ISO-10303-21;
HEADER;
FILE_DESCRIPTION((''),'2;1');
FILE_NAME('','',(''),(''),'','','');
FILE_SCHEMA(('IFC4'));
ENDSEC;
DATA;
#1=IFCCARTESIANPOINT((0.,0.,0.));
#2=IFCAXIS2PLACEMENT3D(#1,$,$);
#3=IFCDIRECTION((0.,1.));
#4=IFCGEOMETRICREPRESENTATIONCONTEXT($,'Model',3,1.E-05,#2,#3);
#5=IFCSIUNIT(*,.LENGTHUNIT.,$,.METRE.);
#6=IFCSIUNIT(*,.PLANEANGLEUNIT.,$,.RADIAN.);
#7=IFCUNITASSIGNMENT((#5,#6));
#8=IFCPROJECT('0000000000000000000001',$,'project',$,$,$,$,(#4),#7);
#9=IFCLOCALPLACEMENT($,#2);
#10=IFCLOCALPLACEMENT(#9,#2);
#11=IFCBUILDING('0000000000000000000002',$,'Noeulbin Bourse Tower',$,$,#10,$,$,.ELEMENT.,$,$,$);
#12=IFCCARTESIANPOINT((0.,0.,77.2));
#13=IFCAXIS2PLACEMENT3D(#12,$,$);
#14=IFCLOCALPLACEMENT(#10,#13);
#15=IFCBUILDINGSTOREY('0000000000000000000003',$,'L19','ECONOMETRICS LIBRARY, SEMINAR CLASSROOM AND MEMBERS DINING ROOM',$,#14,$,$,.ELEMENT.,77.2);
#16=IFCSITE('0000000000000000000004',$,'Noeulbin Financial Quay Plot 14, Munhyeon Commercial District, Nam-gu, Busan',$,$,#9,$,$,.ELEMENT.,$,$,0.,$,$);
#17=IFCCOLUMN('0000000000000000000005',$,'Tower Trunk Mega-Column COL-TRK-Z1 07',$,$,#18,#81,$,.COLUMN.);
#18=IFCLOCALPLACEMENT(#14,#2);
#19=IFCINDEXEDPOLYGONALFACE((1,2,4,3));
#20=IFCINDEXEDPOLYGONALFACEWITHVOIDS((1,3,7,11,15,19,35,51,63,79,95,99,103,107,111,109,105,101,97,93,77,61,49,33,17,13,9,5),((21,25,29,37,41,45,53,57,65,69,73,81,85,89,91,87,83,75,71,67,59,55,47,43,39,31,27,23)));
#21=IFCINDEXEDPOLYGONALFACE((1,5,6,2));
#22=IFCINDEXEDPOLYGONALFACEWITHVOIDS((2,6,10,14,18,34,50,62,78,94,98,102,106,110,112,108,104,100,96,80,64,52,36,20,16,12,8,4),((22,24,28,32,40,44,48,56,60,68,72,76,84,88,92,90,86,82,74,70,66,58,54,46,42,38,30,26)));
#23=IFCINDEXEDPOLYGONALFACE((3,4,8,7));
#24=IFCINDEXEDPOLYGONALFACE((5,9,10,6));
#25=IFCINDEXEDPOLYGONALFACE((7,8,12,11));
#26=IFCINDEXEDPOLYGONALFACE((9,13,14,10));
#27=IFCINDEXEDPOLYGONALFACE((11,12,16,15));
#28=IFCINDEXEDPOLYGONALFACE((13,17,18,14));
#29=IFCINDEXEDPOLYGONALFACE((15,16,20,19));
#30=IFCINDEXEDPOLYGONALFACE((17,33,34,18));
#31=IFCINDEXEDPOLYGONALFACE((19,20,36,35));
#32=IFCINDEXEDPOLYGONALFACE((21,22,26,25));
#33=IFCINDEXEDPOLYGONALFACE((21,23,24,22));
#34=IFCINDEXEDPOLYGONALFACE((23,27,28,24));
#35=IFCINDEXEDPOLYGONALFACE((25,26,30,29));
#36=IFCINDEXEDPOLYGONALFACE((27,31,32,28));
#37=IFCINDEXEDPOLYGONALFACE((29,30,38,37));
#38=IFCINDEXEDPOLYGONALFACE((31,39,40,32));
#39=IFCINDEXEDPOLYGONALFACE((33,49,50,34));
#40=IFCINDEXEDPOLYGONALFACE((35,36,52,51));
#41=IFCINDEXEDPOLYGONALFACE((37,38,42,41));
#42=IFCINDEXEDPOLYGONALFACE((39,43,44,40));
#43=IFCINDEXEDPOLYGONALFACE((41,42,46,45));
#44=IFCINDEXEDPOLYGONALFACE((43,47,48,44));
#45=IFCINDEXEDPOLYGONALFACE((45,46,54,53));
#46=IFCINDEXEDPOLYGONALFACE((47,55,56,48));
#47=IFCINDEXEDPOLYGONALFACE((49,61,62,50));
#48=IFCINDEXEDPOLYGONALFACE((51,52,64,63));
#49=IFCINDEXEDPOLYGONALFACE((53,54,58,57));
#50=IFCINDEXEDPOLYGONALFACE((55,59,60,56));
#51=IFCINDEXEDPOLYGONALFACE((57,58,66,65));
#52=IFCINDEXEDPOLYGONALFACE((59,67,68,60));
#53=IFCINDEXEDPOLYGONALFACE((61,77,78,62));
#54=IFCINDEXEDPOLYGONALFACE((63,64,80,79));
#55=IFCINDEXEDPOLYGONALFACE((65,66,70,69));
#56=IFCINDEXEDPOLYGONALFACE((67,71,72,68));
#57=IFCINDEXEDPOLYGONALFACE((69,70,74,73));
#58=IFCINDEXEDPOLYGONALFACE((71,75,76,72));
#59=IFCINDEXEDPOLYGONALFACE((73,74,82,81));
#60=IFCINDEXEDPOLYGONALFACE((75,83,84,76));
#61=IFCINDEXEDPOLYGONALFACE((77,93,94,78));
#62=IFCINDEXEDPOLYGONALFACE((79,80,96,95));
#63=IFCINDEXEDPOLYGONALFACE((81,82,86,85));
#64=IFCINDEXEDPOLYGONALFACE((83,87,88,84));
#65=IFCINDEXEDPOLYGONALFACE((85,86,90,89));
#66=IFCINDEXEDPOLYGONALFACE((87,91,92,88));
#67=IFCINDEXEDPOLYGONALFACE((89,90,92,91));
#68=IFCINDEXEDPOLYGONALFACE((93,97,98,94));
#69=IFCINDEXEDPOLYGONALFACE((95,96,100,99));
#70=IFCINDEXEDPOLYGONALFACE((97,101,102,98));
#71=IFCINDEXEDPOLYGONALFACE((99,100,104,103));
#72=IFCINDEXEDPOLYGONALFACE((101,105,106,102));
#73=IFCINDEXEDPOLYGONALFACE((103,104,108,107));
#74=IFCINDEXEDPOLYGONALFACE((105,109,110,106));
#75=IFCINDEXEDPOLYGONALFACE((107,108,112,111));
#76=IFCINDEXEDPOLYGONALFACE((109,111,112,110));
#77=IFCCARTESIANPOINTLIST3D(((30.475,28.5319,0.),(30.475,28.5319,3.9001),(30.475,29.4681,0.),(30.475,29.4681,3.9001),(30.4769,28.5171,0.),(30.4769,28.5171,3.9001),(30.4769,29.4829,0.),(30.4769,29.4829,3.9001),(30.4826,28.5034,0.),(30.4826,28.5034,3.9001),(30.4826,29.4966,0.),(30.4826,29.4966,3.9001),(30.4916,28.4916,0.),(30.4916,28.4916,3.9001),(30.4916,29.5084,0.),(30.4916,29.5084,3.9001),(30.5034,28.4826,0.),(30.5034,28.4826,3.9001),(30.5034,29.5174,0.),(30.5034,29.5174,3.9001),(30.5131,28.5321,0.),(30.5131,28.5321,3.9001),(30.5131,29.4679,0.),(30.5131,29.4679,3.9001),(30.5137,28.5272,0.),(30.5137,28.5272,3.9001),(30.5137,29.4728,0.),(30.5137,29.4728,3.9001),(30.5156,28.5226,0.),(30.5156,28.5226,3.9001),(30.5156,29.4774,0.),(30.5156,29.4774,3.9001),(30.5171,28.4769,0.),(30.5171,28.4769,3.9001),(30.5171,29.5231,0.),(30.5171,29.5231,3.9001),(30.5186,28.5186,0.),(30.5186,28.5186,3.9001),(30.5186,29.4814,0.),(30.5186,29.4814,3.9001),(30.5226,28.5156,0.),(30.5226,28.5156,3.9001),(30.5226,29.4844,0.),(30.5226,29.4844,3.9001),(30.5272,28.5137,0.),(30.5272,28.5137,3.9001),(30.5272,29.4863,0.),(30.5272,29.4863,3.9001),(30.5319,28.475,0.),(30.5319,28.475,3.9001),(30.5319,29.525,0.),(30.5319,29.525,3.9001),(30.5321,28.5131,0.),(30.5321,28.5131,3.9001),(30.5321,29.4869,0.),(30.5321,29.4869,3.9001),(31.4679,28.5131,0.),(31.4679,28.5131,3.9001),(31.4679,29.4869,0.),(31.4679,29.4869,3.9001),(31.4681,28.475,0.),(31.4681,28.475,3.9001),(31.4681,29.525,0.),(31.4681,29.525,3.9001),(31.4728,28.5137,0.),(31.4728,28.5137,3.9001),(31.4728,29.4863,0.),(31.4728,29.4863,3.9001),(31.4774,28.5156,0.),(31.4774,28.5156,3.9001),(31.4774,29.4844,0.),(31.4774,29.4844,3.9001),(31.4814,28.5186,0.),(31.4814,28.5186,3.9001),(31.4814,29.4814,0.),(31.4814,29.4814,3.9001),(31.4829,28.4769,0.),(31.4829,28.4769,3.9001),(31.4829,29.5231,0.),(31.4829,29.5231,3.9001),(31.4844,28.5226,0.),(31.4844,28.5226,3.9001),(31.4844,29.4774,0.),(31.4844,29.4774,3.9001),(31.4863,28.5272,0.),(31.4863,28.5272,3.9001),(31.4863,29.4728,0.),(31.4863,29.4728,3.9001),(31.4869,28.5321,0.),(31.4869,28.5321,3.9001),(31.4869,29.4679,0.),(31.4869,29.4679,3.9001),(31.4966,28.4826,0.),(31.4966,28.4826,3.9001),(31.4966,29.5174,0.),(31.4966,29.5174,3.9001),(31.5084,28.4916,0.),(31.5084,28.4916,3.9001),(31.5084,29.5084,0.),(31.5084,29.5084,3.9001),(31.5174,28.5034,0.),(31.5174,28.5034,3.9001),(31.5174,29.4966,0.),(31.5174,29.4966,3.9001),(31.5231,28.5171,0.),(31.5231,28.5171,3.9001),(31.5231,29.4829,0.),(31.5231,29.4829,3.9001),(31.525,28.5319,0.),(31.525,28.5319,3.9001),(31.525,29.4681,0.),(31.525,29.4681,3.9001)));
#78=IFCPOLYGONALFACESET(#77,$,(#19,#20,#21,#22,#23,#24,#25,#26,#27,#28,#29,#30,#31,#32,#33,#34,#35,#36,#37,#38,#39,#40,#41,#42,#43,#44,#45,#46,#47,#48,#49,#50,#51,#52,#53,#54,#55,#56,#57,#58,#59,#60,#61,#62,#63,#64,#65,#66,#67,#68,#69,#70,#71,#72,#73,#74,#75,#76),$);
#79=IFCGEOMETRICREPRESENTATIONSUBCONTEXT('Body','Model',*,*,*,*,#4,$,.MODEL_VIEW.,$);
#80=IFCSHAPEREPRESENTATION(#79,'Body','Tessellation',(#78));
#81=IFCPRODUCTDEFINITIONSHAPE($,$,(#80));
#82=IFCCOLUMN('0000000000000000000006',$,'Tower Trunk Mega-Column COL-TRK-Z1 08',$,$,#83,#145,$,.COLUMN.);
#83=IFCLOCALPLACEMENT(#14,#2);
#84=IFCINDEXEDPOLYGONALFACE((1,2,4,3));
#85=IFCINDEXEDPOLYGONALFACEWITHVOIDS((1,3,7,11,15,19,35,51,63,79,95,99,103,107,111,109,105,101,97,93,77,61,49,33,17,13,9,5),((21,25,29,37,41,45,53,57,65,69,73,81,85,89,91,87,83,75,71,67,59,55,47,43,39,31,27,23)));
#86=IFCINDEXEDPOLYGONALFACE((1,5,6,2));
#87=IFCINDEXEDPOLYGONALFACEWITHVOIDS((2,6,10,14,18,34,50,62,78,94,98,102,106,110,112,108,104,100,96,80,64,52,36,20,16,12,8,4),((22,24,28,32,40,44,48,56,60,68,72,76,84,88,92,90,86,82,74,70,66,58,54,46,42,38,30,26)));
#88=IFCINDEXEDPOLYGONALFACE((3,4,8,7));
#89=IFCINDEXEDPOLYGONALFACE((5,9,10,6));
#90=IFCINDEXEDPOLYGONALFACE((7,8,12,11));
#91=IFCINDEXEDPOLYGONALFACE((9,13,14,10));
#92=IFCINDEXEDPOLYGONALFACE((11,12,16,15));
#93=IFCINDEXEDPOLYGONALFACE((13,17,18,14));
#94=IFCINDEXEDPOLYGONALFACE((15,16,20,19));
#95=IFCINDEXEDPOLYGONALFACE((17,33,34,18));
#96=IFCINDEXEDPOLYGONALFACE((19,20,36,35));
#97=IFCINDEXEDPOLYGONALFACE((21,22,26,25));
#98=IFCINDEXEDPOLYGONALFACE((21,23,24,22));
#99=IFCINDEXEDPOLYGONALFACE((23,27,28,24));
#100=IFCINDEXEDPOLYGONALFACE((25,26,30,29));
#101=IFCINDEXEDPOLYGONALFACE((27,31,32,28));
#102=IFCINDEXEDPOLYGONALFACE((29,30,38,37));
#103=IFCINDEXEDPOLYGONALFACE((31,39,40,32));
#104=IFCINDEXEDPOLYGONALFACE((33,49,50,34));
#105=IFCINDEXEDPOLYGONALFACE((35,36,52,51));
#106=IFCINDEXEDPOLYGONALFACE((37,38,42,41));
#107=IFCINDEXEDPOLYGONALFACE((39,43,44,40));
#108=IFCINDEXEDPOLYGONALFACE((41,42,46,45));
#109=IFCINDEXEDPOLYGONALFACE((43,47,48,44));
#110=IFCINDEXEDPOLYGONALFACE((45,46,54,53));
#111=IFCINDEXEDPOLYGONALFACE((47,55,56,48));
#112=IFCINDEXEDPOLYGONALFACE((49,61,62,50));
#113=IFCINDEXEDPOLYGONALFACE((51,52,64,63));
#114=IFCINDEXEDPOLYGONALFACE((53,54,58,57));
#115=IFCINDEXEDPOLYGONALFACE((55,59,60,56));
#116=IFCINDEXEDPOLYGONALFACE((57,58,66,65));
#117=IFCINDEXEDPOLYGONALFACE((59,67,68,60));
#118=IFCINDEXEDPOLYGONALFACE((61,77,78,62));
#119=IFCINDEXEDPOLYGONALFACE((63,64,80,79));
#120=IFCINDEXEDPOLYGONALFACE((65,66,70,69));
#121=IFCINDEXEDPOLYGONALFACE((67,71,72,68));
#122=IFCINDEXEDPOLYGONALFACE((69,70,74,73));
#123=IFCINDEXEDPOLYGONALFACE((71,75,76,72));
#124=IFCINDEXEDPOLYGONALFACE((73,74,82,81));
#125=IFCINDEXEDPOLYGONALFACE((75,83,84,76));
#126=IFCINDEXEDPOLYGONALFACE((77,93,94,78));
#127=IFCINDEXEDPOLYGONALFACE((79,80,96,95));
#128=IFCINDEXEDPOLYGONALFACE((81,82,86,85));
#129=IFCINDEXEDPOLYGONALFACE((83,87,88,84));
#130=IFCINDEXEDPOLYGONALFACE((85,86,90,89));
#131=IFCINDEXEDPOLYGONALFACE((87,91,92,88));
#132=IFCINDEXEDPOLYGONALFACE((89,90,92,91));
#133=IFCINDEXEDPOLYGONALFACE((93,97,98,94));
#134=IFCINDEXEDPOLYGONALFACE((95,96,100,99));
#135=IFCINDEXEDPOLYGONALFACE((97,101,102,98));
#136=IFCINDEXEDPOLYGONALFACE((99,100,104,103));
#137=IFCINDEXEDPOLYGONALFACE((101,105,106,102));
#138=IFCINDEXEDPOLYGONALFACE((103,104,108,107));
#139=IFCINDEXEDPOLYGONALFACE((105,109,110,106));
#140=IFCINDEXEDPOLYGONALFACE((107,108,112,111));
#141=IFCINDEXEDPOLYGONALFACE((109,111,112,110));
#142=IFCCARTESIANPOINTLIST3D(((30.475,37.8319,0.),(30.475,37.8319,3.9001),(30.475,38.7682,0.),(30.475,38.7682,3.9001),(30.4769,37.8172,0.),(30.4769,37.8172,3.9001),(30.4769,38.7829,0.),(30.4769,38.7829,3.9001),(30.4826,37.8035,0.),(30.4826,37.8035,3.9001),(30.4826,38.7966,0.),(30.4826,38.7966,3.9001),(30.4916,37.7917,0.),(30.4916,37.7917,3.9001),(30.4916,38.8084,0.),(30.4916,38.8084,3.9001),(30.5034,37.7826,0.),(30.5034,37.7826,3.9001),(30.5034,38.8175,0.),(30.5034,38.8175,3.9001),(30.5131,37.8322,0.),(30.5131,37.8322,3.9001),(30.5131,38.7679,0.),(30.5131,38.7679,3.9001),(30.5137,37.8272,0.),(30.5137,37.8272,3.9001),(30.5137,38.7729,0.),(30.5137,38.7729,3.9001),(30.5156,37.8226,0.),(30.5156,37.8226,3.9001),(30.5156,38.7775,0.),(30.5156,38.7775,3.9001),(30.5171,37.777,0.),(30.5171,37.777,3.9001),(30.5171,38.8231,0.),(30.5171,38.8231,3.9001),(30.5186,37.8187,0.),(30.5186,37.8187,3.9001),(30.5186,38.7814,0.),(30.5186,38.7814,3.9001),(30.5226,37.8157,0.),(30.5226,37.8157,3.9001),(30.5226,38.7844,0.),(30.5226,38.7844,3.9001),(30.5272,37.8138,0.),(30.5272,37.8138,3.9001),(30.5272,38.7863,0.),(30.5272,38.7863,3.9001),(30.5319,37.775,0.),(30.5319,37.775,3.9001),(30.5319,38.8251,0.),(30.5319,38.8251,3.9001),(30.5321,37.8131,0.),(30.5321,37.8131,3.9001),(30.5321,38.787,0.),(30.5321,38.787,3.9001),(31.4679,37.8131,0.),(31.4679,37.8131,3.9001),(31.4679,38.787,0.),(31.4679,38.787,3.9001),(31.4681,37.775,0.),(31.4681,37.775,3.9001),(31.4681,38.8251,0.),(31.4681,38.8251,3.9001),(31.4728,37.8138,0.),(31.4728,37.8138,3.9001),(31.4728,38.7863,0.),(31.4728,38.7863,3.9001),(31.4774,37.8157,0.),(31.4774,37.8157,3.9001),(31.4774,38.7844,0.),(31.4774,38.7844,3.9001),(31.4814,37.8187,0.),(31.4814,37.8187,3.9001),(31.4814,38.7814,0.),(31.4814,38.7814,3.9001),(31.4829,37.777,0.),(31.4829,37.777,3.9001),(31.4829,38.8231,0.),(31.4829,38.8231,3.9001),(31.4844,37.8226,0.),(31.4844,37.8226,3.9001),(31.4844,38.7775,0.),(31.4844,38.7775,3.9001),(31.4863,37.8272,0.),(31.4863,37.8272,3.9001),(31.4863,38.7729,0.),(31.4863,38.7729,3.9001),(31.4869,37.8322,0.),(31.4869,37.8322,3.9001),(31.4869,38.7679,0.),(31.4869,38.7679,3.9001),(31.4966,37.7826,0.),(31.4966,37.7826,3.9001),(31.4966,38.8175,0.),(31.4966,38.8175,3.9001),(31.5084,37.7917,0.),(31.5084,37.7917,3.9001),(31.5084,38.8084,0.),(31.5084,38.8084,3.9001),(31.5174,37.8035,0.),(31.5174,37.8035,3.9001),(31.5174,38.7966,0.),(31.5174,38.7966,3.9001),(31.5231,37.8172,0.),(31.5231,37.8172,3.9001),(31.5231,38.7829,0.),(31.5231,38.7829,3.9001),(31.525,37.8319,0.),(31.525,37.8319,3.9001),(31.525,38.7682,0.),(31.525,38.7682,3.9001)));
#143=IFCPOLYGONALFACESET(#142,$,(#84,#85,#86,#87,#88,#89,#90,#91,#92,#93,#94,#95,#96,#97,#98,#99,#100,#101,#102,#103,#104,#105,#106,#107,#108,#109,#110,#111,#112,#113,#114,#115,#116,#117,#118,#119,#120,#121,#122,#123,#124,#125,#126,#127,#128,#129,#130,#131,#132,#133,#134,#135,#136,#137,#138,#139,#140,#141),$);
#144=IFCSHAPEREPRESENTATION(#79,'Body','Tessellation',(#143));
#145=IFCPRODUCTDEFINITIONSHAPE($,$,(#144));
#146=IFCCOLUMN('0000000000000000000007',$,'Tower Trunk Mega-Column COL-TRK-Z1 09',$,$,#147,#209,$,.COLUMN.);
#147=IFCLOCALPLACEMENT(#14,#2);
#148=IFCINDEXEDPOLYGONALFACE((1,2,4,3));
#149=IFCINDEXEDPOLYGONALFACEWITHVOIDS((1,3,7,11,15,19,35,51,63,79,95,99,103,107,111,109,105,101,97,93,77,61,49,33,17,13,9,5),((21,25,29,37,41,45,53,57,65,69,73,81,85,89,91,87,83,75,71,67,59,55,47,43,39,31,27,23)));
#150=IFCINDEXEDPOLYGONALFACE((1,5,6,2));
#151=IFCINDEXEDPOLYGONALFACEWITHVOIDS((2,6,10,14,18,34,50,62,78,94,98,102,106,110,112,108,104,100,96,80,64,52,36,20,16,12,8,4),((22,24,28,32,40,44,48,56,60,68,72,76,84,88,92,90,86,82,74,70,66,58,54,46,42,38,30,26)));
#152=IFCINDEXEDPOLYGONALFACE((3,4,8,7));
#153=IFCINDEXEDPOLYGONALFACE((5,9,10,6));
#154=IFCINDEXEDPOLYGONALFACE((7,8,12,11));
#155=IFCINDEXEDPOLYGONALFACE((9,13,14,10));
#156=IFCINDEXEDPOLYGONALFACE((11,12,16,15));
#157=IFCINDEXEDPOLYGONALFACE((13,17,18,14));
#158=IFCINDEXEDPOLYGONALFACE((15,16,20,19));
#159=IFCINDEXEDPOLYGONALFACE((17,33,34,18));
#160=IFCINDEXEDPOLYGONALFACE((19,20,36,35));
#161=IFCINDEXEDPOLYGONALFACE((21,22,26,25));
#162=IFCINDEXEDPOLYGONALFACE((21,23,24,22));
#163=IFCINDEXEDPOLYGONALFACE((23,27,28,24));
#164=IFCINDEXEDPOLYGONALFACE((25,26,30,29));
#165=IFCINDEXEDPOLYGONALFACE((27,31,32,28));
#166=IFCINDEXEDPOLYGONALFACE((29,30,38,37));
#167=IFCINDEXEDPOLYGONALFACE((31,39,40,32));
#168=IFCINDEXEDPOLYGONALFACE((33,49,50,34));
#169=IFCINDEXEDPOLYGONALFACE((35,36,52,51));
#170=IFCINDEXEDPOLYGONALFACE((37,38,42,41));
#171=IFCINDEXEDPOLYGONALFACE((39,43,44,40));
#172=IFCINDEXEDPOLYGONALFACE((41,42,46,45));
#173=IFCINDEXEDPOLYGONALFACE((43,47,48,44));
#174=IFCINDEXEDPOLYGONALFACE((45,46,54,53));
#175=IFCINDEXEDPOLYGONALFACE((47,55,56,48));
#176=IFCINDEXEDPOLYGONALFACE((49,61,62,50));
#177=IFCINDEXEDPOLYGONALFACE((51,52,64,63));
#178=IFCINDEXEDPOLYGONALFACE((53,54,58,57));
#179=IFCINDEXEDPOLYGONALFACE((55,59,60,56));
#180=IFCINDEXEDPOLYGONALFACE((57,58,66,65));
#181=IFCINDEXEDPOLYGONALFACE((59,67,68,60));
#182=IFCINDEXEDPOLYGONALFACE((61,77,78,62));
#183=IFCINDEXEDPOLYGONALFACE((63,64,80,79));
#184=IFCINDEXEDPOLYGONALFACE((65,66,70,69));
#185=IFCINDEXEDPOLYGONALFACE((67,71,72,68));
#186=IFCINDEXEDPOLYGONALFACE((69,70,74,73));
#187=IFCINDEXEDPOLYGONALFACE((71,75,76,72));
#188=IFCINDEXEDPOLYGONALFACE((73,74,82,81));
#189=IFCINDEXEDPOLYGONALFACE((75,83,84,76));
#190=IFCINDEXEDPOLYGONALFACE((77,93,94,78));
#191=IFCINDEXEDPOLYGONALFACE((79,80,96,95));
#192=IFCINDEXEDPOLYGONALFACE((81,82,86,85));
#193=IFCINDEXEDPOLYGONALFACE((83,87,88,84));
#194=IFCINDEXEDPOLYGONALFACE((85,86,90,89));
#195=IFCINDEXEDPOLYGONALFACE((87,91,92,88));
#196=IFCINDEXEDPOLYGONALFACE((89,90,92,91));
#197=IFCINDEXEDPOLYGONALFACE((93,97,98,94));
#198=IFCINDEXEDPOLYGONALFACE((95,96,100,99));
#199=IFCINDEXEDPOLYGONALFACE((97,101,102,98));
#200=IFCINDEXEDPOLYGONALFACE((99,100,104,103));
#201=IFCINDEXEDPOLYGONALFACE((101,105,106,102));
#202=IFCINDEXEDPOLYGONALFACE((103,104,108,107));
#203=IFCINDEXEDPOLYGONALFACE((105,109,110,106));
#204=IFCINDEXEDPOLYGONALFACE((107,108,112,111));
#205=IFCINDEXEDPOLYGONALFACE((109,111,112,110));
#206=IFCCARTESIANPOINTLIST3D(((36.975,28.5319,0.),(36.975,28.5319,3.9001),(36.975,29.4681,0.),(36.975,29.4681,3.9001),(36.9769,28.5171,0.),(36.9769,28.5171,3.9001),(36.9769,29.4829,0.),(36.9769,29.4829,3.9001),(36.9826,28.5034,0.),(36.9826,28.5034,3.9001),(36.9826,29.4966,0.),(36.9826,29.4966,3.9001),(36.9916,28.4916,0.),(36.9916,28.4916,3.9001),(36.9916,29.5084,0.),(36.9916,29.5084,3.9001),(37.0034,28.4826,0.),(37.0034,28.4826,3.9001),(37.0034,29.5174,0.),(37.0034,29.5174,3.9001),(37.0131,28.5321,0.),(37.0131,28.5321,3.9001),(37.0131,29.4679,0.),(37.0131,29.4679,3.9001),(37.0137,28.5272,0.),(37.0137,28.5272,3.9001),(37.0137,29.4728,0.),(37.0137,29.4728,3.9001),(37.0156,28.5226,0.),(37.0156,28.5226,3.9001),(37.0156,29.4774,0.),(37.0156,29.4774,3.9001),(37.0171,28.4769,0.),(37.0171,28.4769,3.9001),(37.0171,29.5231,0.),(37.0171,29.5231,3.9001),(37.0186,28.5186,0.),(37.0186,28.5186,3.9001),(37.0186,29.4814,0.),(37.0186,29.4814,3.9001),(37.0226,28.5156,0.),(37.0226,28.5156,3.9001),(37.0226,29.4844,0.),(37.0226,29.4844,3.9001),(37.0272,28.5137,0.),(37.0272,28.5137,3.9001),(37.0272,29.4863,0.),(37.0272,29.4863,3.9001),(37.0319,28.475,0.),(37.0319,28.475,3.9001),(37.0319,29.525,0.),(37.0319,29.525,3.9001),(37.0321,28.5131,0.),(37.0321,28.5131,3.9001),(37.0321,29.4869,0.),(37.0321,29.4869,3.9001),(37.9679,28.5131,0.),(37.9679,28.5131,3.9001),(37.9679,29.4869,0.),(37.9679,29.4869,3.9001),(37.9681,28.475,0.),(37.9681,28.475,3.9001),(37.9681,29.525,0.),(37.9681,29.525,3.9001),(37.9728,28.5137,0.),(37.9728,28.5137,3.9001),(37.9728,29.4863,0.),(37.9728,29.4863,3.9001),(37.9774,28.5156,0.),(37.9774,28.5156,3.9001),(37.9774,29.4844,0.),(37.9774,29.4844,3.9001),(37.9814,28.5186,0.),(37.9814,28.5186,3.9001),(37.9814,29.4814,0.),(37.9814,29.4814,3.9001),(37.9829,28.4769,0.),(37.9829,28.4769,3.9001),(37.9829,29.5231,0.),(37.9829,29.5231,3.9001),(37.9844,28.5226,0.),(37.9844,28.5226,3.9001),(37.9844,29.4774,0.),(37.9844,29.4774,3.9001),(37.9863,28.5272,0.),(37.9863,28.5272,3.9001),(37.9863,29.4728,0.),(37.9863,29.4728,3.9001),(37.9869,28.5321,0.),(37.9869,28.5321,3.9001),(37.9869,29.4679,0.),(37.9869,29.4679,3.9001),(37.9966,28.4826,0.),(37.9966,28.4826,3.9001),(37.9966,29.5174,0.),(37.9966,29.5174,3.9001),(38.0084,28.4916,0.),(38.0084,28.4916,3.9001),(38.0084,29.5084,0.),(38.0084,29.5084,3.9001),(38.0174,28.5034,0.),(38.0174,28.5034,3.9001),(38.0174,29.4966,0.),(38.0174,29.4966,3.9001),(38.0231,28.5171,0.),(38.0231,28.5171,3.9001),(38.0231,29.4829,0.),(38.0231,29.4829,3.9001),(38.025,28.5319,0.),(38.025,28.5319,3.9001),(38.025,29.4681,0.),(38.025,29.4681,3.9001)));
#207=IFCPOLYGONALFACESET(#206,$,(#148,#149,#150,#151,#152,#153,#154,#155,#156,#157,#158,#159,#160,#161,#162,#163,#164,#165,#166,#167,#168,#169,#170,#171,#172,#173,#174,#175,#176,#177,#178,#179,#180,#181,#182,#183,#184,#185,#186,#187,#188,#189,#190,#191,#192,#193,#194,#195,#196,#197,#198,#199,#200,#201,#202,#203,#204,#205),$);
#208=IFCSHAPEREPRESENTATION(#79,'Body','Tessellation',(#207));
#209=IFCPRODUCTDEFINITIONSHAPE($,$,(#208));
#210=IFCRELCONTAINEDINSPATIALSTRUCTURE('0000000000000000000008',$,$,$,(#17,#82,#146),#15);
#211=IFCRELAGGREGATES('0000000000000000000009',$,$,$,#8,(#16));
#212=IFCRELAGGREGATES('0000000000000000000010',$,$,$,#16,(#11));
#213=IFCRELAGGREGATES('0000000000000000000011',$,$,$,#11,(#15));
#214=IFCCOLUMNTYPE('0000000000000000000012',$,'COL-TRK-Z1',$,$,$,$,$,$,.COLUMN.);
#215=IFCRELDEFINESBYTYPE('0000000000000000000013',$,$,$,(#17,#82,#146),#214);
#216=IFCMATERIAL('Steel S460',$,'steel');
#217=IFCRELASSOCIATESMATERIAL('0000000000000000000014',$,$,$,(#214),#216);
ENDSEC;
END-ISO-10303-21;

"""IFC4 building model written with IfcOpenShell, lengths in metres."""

from ifc_helpers import new_model, si_unit, direction, frame, origin, origin_2d, place, context, subcontext, project, spatial, hollow_rectangle, extrude, material, material_profile, profile_set, type_object, element, save


model = new_model("IFC4")

# Units and contexts
model_context = context("Model", 3, precision=1e-05, world=origin(), true_north=direction((0.0, 1.0)))
body_context = subcontext(model_context, "Body", "Model", "MODEL_VIEW")
ifc_project = project(units=[si_unit("LENGTHUNIT", "METRE"), si_unit("PLANEANGLEUNIT", "RADIAN")], contexts=[model_context])

# Site, building, storey
site_placement = place(None, origin())
site = spatial("IfcSite", under=ifc_project, at=site_placement, Name="Noeulbin Financial Quay Plot 14, Munhyeon Commercial District, Nam-gu, Busan", CompositionType="ELEMENT", RefElevation=0.0)
building_placement = place(site_placement, origin())
building = spatial("IfcBuilding", under=site, at=building_placement, Name="Noeulbin Bourse Tower", CompositionType="ELEMENT")
storey_placement = place(building_placement, frame((0.0, 0.0, 77.2)))
storey = spatial("IfcBuildingStorey", under=building, at=storey_placement, Name="L19", Description="ECONOMETRICS LIBRARY, SEMINAR CLASSROOM AND MEMBERS DINING ROOM", CompositionType="ELEMENT", Elevation=77.2)

# Columns
ifc_material_1 = material(Name="Steel S460", Category="steel")
ifc_material_profile_1 = material_profile(ifc_material_1, hollow_rectangle(XDim=1.05, YDim=1.05, WallThickness=0.0381, InnerFilletRadius=0.019, OuterFilletRadius=0.0569, at=origin_2d()), Name="BOX-1050x1050x38", Category="LoadBearing")
ifc_profile_set_1 = profile_set([ifc_material_profile_1], Name="Steel S460")
column_type = type_object("IfcColumnType", Name="COL-TRK-Z1", PredefinedType="COLUMN", material=ifc_profile_set_1)
for number, where, z_axis, x_axis, name in (
    (1, (31.0, 29.0, 0.0), (0.0, 0.0, 1.0), (1.0, 0.0, 0.0), "Tower Trunk Mega-Column COL-TRK-Z1 07"),
    (2, (31.0, 38.3, 0.0), (0.0, 0.0, 1.0), (1.0, 0.0, 0.0), "Tower Trunk Mega-Column COL-TRK-Z1 08"),
    (3, (37.5, 29.0, 0.0), (0.0, 0.0, 1.0), (1.0, 0.0, 0.0), "Tower Trunk Mega-Column COL-TRK-Z1 09"),
):
    element("IfcColumn", number, at=place(storey_placement, frame(where, z_axis=z_axis, x_axis=x_axis)), inside=storey, type_object=column_type, Name=name, PredefinedType="COLUMN", context=body_context, shape_type="SweptSolid", body=[
        extrude(hollow_rectangle(XDim=1.05, YDim=1.05, WallThickness=0.0381, InnerFilletRadius=0.019, OuterFilletRadius=0.0569, at=origin_2d()), origin(), (0.0, 0.0, 1.0), 3.9001),
    ])

save(model, "model.ifc")
